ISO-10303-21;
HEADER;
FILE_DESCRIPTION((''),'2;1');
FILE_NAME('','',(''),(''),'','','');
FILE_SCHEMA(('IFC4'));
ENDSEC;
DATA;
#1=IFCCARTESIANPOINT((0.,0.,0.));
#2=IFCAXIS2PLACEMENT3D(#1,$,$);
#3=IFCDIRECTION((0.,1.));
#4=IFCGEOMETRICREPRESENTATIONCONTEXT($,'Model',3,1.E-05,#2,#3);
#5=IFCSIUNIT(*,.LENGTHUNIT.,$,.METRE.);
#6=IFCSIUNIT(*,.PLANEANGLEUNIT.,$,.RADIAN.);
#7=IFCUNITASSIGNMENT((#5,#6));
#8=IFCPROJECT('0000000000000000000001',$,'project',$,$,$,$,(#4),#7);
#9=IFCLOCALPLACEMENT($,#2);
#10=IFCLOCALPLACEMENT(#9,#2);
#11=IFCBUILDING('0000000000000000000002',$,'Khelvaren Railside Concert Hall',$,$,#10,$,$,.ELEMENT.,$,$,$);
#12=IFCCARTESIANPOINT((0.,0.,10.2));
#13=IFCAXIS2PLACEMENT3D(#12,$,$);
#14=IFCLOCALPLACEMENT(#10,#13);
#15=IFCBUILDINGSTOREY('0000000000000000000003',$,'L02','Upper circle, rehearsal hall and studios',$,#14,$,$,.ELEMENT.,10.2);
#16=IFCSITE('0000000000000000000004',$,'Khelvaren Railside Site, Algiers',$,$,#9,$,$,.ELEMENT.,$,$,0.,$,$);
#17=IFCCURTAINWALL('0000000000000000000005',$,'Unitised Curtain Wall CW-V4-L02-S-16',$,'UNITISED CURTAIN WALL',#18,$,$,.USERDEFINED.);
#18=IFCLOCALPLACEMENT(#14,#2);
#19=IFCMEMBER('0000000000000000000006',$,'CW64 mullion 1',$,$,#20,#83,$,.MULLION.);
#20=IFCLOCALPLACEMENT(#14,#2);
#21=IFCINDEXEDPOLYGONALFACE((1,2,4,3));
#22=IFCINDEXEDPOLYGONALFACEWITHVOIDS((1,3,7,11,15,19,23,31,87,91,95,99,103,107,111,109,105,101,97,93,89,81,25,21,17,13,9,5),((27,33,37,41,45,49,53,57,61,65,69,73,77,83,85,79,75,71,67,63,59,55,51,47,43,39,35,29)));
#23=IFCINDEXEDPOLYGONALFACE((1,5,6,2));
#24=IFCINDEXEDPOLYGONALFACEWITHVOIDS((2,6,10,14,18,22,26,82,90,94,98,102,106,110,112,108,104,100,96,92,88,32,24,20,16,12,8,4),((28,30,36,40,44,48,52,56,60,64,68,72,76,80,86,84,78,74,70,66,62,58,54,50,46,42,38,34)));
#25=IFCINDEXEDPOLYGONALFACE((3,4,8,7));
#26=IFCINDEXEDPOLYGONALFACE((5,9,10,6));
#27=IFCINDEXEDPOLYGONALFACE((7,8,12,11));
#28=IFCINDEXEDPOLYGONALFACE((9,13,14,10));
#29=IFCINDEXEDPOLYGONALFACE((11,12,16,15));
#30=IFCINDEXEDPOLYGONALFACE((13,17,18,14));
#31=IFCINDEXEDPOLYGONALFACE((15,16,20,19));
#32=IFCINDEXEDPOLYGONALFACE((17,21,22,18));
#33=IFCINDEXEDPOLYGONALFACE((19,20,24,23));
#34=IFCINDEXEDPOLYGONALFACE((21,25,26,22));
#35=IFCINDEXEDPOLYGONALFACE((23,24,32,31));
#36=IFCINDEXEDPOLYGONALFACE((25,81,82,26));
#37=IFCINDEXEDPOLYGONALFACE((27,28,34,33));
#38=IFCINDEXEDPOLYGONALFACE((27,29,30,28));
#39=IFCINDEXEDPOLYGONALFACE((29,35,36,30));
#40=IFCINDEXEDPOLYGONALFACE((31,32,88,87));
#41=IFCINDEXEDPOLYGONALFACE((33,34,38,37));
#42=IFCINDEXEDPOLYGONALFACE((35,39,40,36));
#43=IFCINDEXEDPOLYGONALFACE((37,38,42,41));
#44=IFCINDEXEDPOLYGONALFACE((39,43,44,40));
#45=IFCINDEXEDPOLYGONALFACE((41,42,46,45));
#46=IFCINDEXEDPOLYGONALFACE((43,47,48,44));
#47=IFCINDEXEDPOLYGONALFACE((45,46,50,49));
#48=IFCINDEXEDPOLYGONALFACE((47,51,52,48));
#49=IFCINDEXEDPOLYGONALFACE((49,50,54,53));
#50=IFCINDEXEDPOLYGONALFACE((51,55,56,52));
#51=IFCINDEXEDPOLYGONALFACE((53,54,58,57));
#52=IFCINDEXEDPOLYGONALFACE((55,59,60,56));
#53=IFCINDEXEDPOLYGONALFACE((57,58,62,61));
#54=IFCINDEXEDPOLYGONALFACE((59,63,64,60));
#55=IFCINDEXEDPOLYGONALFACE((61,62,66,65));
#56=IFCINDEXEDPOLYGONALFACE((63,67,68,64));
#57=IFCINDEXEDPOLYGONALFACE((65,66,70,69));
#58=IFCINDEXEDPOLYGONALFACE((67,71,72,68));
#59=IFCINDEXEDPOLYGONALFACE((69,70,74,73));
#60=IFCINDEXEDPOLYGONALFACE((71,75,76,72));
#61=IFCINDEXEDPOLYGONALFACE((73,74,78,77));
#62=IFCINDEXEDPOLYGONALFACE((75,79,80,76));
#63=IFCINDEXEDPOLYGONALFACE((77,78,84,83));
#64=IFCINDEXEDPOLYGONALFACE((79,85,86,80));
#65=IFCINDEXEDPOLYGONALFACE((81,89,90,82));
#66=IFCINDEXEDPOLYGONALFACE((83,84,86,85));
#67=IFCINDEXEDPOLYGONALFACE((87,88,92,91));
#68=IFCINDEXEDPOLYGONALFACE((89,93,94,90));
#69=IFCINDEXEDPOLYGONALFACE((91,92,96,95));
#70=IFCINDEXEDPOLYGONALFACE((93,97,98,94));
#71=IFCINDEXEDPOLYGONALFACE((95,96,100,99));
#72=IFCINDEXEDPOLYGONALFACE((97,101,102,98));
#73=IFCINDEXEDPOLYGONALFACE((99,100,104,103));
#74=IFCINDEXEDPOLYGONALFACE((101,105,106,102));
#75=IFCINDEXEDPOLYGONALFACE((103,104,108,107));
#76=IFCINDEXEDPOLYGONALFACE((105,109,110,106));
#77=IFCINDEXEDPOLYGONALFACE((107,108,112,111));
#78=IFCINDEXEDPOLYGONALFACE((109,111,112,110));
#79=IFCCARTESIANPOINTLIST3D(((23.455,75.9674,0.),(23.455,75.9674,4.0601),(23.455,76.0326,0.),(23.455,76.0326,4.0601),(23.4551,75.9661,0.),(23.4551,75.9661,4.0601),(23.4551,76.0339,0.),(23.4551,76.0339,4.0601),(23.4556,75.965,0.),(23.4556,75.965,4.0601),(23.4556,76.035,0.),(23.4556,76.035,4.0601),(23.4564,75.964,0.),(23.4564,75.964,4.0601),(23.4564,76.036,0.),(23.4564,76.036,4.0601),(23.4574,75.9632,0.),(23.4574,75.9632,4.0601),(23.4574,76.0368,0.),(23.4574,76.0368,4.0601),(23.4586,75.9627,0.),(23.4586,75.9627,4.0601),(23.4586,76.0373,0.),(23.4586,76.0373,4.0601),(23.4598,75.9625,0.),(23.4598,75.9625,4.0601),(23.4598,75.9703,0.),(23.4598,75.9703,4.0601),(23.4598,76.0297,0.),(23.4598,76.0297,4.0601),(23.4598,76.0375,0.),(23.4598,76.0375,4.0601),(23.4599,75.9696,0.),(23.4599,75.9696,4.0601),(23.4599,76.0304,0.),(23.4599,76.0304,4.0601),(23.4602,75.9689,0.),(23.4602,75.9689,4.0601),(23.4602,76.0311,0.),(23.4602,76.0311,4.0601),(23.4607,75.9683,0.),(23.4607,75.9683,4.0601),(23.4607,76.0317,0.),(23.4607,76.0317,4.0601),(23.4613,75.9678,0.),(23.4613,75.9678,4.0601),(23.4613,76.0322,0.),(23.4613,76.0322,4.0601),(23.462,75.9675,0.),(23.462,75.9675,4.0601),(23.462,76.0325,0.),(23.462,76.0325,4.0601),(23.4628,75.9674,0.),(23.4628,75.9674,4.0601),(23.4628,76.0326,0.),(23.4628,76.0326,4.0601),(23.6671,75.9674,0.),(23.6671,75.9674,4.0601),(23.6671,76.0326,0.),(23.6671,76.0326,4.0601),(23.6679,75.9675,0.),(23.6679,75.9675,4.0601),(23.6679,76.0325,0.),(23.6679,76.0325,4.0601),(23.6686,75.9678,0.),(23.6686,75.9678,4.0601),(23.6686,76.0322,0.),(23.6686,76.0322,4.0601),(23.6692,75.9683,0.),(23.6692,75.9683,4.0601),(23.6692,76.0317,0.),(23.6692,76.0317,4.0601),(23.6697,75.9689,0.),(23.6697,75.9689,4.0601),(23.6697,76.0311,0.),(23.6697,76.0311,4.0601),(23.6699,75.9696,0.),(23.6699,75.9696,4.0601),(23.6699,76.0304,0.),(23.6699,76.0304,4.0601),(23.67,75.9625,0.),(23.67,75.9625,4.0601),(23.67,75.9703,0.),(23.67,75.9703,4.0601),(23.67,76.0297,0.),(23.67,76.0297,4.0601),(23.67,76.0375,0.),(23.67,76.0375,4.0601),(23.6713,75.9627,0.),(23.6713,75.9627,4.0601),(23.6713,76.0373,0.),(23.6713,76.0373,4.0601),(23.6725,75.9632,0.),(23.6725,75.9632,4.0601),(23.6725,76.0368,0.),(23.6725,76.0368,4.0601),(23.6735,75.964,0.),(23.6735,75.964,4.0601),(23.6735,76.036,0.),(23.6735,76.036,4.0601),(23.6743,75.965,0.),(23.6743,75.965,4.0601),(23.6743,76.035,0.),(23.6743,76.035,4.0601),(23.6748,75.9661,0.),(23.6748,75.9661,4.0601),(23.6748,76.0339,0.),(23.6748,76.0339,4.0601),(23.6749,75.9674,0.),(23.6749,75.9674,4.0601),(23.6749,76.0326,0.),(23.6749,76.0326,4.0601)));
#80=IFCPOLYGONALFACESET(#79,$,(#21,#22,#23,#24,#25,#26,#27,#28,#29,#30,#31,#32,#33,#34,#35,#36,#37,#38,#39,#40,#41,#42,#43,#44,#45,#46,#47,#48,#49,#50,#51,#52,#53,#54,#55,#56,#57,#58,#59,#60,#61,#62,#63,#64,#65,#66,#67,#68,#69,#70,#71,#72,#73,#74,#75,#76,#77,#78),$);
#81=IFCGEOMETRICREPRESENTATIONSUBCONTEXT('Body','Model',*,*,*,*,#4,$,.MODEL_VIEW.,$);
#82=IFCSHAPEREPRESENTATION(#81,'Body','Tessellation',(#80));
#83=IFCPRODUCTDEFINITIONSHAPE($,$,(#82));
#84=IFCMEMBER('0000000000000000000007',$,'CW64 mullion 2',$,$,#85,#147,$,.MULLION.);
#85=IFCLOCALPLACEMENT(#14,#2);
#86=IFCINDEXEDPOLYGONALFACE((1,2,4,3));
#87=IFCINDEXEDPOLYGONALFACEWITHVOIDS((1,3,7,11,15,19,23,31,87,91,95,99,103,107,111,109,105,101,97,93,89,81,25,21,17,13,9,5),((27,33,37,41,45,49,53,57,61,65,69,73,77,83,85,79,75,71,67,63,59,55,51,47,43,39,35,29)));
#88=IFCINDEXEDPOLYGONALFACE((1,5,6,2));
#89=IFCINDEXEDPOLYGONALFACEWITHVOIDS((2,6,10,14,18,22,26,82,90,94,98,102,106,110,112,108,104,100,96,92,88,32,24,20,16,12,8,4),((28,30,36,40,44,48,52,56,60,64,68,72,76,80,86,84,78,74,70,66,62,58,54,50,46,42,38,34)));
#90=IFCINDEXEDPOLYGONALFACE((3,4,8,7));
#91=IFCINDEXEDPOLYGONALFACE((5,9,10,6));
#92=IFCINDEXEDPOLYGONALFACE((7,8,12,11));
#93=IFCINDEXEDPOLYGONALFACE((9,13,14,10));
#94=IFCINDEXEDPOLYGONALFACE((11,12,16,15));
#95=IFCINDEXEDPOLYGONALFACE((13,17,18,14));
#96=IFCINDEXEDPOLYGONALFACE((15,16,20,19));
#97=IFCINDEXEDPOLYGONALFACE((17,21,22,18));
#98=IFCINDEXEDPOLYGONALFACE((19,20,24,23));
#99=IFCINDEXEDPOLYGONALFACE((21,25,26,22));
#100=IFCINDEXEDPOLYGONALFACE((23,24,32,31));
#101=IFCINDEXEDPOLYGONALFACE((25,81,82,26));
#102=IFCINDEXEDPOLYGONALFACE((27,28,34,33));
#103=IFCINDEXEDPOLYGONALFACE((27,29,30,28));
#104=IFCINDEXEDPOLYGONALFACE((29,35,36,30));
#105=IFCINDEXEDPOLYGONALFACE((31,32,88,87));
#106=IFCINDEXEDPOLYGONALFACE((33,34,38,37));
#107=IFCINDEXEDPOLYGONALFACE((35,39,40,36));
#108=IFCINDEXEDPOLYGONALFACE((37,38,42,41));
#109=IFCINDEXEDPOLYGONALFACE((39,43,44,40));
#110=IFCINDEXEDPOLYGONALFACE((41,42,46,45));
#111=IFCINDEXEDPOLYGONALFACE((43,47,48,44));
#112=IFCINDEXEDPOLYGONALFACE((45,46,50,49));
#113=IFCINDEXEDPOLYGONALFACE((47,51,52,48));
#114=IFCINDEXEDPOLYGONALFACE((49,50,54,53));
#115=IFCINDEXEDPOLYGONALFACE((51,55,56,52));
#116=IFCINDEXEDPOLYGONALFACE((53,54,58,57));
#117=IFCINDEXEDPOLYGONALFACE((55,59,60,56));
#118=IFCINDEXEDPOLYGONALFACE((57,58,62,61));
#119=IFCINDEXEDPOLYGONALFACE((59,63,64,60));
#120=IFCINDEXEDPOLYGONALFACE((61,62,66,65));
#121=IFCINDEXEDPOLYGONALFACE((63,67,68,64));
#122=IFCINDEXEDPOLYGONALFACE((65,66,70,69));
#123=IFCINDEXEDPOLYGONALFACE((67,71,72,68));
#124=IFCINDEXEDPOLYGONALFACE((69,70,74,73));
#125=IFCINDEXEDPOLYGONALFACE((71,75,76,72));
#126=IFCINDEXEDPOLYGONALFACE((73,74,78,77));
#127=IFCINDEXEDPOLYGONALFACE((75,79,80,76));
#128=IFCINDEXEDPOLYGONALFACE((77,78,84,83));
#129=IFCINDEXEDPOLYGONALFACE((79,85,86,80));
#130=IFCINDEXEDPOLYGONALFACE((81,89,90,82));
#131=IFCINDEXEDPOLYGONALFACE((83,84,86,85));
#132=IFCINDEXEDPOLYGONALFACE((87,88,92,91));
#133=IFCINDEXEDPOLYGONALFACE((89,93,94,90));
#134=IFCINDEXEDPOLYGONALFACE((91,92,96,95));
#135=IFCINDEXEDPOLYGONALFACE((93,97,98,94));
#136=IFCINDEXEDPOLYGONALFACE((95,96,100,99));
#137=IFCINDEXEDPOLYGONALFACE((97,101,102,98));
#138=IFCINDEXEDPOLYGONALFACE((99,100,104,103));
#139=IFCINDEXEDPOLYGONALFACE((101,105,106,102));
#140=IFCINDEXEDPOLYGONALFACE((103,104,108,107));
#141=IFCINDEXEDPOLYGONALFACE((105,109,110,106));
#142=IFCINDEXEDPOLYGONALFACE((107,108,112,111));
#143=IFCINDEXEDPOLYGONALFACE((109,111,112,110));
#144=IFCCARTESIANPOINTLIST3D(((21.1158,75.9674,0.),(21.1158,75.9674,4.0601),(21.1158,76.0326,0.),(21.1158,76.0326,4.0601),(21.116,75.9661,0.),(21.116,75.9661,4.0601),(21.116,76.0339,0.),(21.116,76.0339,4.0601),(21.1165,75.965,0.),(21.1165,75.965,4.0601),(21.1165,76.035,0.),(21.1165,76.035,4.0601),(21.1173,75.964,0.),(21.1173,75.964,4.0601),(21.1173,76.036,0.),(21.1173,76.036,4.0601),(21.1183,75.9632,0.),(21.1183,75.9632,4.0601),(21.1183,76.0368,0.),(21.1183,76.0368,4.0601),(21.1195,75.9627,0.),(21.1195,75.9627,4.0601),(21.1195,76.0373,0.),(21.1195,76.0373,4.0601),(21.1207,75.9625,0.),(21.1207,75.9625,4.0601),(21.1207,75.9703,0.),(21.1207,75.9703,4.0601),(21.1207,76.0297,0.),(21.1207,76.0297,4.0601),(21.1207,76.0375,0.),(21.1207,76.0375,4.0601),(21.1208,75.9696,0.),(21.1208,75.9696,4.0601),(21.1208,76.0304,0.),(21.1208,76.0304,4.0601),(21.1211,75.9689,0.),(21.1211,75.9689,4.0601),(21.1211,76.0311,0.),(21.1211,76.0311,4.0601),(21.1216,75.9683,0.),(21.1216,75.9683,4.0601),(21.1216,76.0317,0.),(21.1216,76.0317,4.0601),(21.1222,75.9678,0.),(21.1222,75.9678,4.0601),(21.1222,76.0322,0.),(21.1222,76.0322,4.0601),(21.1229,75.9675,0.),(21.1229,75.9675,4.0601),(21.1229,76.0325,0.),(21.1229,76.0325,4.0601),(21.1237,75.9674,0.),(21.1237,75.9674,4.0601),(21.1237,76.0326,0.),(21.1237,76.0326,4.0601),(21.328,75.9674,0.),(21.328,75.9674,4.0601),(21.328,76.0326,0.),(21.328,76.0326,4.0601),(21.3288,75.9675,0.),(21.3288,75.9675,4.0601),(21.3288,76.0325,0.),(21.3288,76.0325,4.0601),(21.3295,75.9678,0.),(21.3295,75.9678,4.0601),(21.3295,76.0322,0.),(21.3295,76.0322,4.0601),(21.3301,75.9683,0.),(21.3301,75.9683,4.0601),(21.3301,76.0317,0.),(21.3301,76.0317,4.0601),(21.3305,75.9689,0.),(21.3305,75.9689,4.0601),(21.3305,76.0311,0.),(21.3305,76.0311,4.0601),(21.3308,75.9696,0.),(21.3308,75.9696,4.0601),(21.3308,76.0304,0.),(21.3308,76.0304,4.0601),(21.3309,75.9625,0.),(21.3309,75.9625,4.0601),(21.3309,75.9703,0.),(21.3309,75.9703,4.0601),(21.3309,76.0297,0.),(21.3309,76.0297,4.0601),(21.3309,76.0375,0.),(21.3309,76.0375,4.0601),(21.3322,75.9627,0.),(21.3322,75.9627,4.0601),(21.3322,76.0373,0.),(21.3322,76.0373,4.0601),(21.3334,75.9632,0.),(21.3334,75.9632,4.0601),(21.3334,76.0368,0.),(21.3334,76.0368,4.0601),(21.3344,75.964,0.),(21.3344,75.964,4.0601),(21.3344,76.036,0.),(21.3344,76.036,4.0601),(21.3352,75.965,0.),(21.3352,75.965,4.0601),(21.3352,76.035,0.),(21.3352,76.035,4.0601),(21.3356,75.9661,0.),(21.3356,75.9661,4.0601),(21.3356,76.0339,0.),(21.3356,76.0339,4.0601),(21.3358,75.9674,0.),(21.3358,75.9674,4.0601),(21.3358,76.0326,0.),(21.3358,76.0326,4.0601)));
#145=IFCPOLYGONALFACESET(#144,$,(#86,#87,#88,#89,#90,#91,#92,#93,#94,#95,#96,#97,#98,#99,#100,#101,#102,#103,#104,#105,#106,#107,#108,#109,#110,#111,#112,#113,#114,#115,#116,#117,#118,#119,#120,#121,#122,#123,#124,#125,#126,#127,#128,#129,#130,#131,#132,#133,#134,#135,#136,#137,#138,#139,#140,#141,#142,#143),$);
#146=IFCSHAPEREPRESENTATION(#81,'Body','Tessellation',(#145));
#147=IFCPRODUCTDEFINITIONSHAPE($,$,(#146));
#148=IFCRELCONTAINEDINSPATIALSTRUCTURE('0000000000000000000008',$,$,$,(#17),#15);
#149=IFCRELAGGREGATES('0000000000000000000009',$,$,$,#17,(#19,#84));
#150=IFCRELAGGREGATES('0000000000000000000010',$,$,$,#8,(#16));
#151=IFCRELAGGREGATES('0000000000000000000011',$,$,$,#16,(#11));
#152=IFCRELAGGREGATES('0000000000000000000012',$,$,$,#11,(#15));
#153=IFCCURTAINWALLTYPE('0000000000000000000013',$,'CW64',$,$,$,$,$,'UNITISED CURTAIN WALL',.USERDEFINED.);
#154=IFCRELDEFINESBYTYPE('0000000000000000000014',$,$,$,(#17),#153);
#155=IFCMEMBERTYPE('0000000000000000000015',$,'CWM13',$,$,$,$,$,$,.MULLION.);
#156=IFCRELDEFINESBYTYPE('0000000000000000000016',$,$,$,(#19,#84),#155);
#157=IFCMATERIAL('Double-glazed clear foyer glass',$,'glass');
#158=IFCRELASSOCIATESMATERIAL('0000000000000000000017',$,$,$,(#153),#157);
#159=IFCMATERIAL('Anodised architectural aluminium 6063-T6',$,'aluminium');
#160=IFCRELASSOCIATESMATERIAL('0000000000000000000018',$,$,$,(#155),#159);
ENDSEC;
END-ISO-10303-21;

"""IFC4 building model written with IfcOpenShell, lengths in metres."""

from ifc_helpers import new_model, si_unit, direction, frame, origin, origin_2d, place, context, subcontext, project, spatial, hollow_rectangle, extrude, material, material_profile, profile_set, type_object, element, aggregate, save


model = new_model("IFC4")

# Units and contexts
model_context = context("Model", 3, precision=1e-05, world=origin(), true_north=direction((0.0, 1.0)))
body_context = subcontext(model_context, "Body", "Model", "MODEL_VIEW")
ifc_project = project(units=[si_unit("LENGTHUNIT", "METRE"), si_unit("PLANEANGLEUNIT", "RADIAN")], contexts=[model_context])

# Site, building, storey
site_placement = place(None, origin())
site = spatial("IfcSite", under=ifc_project, at=site_placement, Name="Khelvaren Railside Site, Algiers", CompositionType="ELEMENT", RefElevation=0.0)
building_placement = place(site_placement, origin())
building = spatial("IfcBuilding", under=site, at=building_placement, Name="Khelvaren Railside Concert Hall", CompositionType="ELEMENT")
storey_placement = place(building_placement, frame((0.0, 0.0, 10.2)))
storey = spatial("IfcBuildingStorey", under=building, at=storey_placement, Name="L02", Description="Upper circle, rehearsal hall and studios", CompositionType="ELEMENT", Elevation=10.2)

# Curtain wall, members
ifc_material_1 = material(Name="Double-glazed clear foyer glass", Category="glass")
curtain_wall_type = type_object("IfcCurtainWallType", Name="CW64", ElementType="UNITISED CURTAIN WALL", PredefinedType="USERDEFINED", material=ifc_material_1)
curtain_wall_placement = place(storey_placement, origin())
curtain_wall = element("IfcCurtainWall", 1, at=curtain_wall_placement, inside=storey, type_object=curtain_wall_type, Name="Unitised Curtain Wall CW-V4-L02-S-16", ObjectType="UNITISED CURTAIN WALL", PredefinedType="USERDEFINED")
ifc_material_2 = material(Name="Anodised architectural aluminium 6063-T6", Category="aluminium")
ifc_material_profile_1 = material_profile(ifc_material_2, hollow_rectangle(XDim=0.075, YDim=0.22, WallThickness=0.0049, InnerFilletRadius=0.0029, OuterFilletRadius=0.0049, at=origin_2d()), Name="CWM 75x220x5")
ifc_profile_set_1 = profile_set([ifc_material_profile_1], Name="Anodised architectural aluminium 6063-T6")
member_type_1 = type_object("IfcMemberType", Name="CWM13", PredefinedType="MULLION", material=ifc_profile_set_1)
member_1_placement = place(storey_placement, frame((23.5649, 76.0, 0.0), z_axis=(0.0, 0.0, 1.0), x_axis=(0.0, -1.0, 0.0)))
member_1 = element("IfcMember", 2, at=member_1_placement, type_object=member_type_1, Name="CW64 mullion 1", PredefinedType="MULLION", context=body_context, shape_type="SweptSolid", body=[
    extrude(hollow_rectangle(XDim=0.075, YDim=0.22, WallThickness=0.0049, InnerFilletRadius=0.0029, OuterFilletRadius=0.0049, at=origin_2d()), origin(), (0.0, 0.0, 1.0), 4.0601),
])
member_2_placement = place(storey_placement, frame((21.2258, 76.0, 0.0), z_axis=(0.0, 0.0, 1.0), x_axis=(0.0, -1.0, 0.0)))
member_2 = element("IfcMember", 3, at=member_2_placement, type_object=member_type_1, Name="CW64 mullion 2", PredefinedType="MULLION", context=body_context, shape_type="SweptSolid", body=[
    extrude(hollow_rectangle(XDim=0.075, YDim=0.22, WallThickness=0.0049, InnerFilletRadius=0.0029, OuterFilletRadius=0.0049, at=origin_2d()), origin(), (0.0, 0.0, 1.0), 4.0601),
])

aggregate(curtain_wall, [member_1, member_2])

save(model, "model.ifc")
